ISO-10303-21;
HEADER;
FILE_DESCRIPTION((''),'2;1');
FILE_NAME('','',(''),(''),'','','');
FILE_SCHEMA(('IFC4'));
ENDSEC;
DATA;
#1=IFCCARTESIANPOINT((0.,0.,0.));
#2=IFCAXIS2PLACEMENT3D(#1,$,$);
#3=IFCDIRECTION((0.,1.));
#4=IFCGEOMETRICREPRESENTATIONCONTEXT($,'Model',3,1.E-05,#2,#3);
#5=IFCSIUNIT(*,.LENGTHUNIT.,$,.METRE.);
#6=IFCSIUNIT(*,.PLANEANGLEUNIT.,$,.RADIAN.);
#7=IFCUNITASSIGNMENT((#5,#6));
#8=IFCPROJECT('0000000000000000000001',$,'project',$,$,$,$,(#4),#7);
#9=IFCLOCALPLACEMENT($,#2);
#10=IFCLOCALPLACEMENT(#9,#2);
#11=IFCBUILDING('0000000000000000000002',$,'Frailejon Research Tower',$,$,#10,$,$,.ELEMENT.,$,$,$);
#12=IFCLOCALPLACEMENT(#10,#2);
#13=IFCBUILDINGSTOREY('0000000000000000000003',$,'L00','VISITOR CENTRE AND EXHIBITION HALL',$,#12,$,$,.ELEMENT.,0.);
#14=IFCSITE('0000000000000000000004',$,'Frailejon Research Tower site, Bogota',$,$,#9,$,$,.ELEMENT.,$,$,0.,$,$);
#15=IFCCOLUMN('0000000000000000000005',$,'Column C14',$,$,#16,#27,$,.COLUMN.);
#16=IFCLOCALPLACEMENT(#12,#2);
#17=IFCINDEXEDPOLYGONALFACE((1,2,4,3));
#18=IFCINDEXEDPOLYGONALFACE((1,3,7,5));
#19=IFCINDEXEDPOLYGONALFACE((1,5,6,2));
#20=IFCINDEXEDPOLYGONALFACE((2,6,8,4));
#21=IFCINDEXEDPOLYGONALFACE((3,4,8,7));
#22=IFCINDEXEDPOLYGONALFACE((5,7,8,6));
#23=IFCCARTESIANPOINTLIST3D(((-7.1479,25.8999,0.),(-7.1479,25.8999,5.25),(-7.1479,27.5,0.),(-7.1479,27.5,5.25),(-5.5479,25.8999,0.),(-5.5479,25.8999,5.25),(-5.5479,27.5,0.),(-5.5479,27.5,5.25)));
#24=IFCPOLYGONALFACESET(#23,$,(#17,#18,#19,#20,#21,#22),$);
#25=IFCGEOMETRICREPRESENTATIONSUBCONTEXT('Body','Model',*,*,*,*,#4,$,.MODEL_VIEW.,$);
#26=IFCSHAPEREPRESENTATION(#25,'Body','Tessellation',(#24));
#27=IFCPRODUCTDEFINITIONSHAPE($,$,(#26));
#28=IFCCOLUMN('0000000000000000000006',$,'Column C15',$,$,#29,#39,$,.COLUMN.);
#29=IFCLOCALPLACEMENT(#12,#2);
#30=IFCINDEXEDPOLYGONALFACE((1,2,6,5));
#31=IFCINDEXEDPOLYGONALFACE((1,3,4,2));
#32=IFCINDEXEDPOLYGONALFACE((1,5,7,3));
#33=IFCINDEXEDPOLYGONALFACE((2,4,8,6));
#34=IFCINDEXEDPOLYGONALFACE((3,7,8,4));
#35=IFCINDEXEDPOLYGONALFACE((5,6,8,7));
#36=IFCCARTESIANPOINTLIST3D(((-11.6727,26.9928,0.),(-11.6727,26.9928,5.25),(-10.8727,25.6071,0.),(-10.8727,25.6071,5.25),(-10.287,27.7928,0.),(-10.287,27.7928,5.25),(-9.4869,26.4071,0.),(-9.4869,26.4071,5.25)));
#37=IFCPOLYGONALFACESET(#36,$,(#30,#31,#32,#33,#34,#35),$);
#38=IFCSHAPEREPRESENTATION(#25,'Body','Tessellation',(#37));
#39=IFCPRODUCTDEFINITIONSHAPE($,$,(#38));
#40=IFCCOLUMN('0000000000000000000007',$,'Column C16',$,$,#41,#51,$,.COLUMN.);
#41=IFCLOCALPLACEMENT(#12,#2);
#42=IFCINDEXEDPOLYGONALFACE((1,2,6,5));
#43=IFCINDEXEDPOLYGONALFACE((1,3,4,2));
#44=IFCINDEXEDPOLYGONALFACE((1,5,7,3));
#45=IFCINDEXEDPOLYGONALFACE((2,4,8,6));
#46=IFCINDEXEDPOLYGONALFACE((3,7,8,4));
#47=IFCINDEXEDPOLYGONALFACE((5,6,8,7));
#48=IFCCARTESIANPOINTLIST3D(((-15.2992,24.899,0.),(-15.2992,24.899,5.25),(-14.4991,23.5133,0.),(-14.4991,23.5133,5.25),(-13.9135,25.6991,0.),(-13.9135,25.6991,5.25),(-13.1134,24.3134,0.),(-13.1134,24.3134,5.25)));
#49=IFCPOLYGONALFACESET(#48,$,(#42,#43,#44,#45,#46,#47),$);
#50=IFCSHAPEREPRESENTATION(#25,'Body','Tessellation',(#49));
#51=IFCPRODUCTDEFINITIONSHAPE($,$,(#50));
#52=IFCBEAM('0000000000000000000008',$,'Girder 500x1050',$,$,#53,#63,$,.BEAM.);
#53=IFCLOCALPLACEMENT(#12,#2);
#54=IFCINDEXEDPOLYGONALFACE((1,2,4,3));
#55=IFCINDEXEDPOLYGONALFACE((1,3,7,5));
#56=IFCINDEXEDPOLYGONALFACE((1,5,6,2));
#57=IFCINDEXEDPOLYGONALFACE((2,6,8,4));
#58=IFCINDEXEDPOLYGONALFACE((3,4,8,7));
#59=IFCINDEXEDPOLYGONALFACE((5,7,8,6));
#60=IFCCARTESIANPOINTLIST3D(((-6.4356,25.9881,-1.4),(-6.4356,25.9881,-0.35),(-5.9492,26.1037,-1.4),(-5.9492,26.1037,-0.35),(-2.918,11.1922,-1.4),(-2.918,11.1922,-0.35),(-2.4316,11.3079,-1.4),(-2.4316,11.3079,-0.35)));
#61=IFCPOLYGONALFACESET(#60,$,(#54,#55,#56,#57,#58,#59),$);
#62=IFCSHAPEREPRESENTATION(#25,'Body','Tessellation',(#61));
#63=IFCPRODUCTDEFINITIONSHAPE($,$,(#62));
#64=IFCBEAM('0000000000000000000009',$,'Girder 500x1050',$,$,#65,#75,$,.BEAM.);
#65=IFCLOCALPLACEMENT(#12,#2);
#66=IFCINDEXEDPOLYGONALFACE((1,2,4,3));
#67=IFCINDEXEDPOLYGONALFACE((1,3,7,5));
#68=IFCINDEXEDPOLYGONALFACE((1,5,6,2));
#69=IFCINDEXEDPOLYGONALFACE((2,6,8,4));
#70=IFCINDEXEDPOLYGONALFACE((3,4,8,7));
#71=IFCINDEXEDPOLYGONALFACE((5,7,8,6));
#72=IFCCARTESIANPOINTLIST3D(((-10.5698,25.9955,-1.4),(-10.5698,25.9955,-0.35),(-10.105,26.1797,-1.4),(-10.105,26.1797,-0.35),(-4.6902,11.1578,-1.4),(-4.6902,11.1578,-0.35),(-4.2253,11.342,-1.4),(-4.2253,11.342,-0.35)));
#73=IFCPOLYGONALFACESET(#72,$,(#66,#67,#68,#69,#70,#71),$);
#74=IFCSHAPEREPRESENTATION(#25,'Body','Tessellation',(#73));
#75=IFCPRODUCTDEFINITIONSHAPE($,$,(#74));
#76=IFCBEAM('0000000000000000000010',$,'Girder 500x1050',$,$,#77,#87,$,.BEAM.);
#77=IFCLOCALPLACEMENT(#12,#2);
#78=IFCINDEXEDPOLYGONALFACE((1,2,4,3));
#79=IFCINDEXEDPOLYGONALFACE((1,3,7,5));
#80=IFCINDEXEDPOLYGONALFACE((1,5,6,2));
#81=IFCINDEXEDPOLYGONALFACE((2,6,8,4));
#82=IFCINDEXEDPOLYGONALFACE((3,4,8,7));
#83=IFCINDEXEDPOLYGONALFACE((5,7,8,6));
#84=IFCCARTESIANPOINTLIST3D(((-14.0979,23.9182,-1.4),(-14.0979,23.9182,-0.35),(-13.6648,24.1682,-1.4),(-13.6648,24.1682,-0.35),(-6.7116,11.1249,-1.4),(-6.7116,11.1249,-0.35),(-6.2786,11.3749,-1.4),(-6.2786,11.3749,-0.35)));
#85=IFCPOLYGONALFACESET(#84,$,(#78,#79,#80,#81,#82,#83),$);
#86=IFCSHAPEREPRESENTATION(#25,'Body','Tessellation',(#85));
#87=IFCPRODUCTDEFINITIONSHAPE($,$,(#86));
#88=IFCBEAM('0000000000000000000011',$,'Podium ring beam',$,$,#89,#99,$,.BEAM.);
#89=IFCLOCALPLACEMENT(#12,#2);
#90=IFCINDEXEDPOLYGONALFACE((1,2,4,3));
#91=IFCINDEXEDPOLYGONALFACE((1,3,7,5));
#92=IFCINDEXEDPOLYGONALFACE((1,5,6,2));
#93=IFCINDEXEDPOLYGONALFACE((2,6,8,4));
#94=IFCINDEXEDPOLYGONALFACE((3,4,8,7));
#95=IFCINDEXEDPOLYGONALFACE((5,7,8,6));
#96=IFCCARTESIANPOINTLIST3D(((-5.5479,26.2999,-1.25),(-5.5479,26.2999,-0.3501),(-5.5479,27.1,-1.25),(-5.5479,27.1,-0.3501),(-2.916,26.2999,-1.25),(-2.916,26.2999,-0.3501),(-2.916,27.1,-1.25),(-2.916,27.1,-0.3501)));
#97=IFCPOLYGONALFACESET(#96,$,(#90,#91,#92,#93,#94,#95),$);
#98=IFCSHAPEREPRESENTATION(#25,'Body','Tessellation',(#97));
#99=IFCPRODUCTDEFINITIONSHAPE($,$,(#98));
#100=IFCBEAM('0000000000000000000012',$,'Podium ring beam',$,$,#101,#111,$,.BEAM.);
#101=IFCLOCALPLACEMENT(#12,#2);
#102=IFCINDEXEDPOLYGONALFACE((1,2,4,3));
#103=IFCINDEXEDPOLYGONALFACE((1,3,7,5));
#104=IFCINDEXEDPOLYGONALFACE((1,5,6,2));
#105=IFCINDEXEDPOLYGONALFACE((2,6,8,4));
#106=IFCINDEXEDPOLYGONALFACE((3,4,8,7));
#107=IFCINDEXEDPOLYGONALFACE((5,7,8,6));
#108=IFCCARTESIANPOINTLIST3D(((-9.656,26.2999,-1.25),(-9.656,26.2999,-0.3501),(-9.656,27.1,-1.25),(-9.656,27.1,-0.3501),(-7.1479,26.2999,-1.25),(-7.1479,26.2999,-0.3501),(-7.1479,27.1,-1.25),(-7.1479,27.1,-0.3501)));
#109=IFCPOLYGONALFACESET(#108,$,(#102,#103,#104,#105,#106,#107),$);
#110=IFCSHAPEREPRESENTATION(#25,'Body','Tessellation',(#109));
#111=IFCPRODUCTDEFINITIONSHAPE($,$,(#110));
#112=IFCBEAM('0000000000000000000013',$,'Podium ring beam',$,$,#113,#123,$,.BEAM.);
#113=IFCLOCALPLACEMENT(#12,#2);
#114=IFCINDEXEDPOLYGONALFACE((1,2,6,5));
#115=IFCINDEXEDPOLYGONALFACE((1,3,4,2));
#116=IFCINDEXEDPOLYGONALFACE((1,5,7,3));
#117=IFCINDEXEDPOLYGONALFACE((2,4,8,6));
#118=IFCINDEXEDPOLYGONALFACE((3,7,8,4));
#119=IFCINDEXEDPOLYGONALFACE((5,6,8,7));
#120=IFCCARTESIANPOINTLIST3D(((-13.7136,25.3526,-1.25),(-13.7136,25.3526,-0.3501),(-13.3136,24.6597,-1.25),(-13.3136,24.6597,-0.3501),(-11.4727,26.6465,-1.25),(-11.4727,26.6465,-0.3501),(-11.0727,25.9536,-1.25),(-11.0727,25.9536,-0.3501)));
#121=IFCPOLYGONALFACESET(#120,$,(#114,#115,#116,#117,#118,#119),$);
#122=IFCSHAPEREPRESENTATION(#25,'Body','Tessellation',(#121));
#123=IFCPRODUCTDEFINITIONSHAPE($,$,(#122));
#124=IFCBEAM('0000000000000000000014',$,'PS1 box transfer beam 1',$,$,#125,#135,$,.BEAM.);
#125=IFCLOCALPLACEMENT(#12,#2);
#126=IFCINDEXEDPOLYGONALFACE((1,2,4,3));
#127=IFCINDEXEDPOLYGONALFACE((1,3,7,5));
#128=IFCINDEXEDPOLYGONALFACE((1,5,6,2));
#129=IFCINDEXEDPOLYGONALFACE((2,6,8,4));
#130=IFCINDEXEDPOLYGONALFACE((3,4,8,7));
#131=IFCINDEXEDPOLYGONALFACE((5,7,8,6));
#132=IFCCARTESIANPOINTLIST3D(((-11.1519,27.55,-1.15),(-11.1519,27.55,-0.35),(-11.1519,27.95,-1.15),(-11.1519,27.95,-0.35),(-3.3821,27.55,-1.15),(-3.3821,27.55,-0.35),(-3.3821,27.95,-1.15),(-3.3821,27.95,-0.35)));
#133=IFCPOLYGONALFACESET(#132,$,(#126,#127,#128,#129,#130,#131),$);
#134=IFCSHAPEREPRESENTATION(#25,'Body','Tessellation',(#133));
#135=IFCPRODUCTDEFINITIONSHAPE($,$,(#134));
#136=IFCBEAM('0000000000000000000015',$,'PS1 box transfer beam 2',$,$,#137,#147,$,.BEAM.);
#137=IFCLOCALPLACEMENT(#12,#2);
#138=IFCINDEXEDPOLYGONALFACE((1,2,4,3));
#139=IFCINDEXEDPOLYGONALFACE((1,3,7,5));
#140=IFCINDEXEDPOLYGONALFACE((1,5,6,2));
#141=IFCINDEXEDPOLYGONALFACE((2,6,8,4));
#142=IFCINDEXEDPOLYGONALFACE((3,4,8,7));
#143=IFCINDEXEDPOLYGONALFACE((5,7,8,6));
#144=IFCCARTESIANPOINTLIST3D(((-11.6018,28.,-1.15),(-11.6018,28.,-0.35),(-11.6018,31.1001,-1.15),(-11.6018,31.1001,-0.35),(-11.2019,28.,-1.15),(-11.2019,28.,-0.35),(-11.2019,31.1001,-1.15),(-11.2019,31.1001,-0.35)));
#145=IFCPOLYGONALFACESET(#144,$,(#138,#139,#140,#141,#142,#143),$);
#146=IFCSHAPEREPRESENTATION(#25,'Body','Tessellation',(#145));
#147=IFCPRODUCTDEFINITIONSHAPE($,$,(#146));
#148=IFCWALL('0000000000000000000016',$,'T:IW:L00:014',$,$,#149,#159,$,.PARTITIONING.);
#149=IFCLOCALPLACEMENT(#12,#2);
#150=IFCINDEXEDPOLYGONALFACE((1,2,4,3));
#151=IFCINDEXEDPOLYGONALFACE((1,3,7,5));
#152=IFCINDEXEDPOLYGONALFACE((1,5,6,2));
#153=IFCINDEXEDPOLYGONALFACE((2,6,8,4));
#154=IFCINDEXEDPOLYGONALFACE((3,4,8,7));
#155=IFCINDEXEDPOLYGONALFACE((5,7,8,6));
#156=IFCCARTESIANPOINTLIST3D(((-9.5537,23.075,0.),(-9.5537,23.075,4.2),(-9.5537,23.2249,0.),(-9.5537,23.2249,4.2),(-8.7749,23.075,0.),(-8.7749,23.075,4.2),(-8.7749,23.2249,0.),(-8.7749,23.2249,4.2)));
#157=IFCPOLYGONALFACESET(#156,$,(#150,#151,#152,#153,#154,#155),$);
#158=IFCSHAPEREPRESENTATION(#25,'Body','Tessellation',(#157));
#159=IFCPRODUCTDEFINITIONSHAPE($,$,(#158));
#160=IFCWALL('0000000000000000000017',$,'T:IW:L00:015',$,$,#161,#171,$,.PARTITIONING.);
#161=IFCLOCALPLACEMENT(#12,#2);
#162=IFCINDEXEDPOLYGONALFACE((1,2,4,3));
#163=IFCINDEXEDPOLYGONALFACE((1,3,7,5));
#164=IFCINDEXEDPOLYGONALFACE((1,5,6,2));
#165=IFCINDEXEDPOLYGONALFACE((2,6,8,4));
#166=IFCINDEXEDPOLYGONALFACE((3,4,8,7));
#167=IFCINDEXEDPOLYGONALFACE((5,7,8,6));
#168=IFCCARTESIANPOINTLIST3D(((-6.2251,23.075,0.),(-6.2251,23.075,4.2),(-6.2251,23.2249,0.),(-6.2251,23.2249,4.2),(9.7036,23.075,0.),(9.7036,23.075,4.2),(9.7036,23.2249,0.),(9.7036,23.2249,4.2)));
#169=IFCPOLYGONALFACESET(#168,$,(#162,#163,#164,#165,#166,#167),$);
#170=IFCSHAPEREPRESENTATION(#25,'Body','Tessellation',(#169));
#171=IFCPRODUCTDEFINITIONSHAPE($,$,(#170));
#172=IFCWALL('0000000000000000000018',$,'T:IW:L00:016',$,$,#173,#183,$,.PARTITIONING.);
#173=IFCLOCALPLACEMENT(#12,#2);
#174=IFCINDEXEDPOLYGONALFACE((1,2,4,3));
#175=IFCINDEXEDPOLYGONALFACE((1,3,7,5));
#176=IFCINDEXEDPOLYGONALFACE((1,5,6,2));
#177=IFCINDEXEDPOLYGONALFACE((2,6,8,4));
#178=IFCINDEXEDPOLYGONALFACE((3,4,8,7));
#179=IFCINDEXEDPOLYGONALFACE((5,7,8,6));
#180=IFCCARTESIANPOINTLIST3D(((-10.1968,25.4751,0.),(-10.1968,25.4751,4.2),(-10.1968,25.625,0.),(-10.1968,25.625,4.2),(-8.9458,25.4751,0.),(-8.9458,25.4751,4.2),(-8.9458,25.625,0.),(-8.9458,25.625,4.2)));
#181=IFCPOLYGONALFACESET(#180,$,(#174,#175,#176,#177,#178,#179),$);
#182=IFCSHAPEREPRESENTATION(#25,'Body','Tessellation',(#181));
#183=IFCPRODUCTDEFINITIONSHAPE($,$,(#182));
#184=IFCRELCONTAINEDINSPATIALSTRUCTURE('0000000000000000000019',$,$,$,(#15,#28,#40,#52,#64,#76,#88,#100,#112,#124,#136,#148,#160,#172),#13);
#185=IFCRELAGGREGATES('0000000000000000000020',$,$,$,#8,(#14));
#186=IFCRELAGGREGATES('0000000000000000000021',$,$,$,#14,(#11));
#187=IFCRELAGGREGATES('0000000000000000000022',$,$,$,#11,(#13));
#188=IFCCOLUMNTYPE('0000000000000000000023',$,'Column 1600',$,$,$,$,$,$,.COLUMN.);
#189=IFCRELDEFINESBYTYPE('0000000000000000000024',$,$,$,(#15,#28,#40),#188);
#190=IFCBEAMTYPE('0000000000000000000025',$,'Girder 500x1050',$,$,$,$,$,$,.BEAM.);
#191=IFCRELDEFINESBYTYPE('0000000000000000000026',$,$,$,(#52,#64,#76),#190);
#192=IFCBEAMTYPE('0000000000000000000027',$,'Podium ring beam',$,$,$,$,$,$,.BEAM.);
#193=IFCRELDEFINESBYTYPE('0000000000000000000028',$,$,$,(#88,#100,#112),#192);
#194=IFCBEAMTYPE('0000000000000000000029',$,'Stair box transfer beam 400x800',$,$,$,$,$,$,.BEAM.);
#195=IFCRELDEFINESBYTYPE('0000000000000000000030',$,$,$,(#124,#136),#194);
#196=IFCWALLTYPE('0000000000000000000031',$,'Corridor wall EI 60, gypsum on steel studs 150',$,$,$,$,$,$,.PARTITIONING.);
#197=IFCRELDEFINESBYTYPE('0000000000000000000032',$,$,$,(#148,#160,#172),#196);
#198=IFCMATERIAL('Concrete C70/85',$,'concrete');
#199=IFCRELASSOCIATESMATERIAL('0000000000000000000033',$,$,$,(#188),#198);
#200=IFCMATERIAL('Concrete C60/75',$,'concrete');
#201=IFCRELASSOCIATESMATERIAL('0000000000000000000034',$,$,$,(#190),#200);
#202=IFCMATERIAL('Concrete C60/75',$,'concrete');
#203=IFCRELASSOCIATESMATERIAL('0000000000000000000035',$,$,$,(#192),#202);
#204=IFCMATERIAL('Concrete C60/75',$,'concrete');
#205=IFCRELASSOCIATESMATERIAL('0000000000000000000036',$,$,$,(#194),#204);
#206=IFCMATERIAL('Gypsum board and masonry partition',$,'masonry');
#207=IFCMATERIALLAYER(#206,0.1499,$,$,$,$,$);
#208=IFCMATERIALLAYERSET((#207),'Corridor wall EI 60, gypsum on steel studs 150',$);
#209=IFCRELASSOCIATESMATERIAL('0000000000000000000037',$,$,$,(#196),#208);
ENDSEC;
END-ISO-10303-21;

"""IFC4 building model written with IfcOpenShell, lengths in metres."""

from ifc_helpers import new_model, si_unit, direction, frame, frame_2d, origin, origin_2d, place, context, subcontext, project, spatial, rectangle, extrude, material, layer, layer_set, material_profile, profile_set, type_object, element, save


model = new_model("IFC4")

# Units and contexts
model_context = context("Model", 3, precision=1e-05, world=origin(), true_north=direction((0.0, 1.0)))
body_context = subcontext(model_context, "Body", "Model", "MODEL_VIEW")
ifc_project = project(units=[si_unit("LENGTHUNIT", "METRE"), si_unit("PLANEANGLEUNIT", "RADIAN")], contexts=[model_context])

# Site, building, storey
site_placement = place(None, origin())
site = spatial("IfcSite", under=ifc_project, at=site_placement, Name="Frailejon Research Tower site, Bogota", CompositionType="ELEMENT", RefElevation=0.0)
building_placement = place(site_placement, origin())
building = spatial("IfcBuilding", under=site, at=building_placement, Name="Frailejon Research Tower", CompositionType="ELEMENT")
storey_placement = place(building_placement, origin())
storey = spatial("IfcBuildingStorey", under=building, at=storey_placement, Name="L00", Description="VISITOR CENTRE AND EXHIBITION HALL", CompositionType="ELEMENT", Elevation=0.0)

# Columns
ifc_material_1 = material(Name="Concrete C70/85", Category="concrete")
ifc_material_profile_1 = material_profile(ifc_material_1, rectangle(XDim=1.6001, YDim=1.6001, at=origin_2d()), Name="Column 1600")
ifc_profile_set_1 = profile_set([ifc_material_profile_1], Name="Concrete C70/85")
column_type = type_object("IfcColumnType", Name="Column 1600", PredefinedType="COLUMN", material=ifc_profile_set_1)
for number, where, z_axis, x_axis, name in (
    (1, (-6.3479, 26.7, 0.0), (0.0, 0.0, 1.0), (-1.0, 0.0, 0.0), "Column C14"),
    (2, (-10.5798, 26.7, 0.0), (0.0, 0.0, 1.0), (-0.866025, -0.5, 0.0), "Column C15"),
    (3, (-14.2063, 24.6062, 0.0), (0.0, 0.0, 1.0), (-0.866025, -0.5, 0.0), "Column C16"),
):
    element("IfcColumn", number, at=place(storey_placement, frame(where, z_axis=z_axis, x_axis=x_axis)), inside=storey, type_object=column_type, Name=name, PredefinedType="COLUMN", context=body_context, shape_type="SweptSolid", body=[
        extrude(rectangle(XDim=1.6001, YDim=1.6001, at=origin_2d()), origin(), (0.0, 0.0, 1.0), 5.25),
    ])

# Beams
ifc_material_2 = material(Name="Concrete C60/75", Category="concrete")
ifc_material_profile_2 = material_profile(ifc_material_2, rectangle(XDim=0.5, YDim=1.05, at=origin_2d()), Name="Girder 500x1050")
ifc_profile_set_2 = profile_set([ifc_material_profile_2], Name="Concrete C60/75")
beam_type_1 = type_object("IfcBeamType", Name="Girder 500x1050", PredefinedType="BEAM", material=ifc_profile_set_2)
beam_1_placement = place(storey_placement, frame((-6.1924, 26.0459, -0.875), z_axis=(0.231294, -0.972884, 0.0), x_axis=(0.972884, 0.231294, 0.0)))
element("IfcBeam", 4, at=beam_1_placement, inside=storey, type_object=beam_type_1, Name="Girder 500x1050", PredefinedType="BEAM", context=body_context, shape_type="SweptSolid", body=[
    extrude(rectangle(XDim=0.5, YDim=1.05, at=origin_2d()), origin(), (0.0, 0.0, 1.0), 15.2083),
])
beam_2_placement = place(storey_placement, frame((-10.3374, 26.0876, -0.875), z_axis=(0.368395, -0.929669, 0.0), x_axis=(0.929669, 0.368395, 0.0)))
element("IfcBeam", 5, at=beam_2_placement, inside=storey, type_object=beam_type_1, Name="Girder 500x1050", PredefinedType="BEAM", context=body_context, shape_type="SweptSolid", body=[
    extrude(rectangle(XDim=0.5, YDim=1.05, at=origin_2d()), origin(), (0.0, 0.0, 1.0), 15.9602),
])
beam_3_placement = place(storey_placement, frame((-13.8813, 24.0432, -0.875), z_axis=(0.500003, -0.866023, 0.0), x_axis=(0.866023, 0.500003, 0.0)))
element("IfcBeam", 6, at=beam_3_placement, inside=storey, type_object=beam_type_1, Name="Girder 500x1050", PredefinedType="BEAM", context=body_context, shape_type="SweptSolid", body=[
    extrude(rectangle(XDim=0.5, YDim=1.05, at=origin_2d()), origin(), (0.0, 0.0, 1.0), 14.7725),
])
ifc_material_3 = material(Name="Concrete C60/75", Category="concrete")
ifc_material_profile_3 = material_profile(ifc_material_3, rectangle(XDim=0.8, YDim=0.8999, at=origin_2d()), Name="Podium ring beam")
ifc_profile_set_3 = profile_set([ifc_material_profile_3], Name="Concrete C60/75")
beam_type_2 = type_object("IfcBeamType", Name="Podium ring beam", PredefinedType="BEAM", material=ifc_profile_set_3)
beam_4_placement = place(storey_placement, frame((-2.916, 26.7, -0.8), z_axis=(-1.0, 0.0, 0.0), x_axis=(0.0, -1.0, 0.0)))
element("IfcBeam", 7, at=beam_4_placement, inside=storey, type_object=beam_type_2, Name="Podium ring beam", PredefinedType="BEAM", context=body_context, shape_type="SweptSolid", body=[
    extrude(rectangle(XDim=0.8, YDim=0.8999, at=origin_2d()), origin(), (0.0, 0.0, 1.0), 2.6318),
])
beam_5_placement = place(storey_placement, frame((-7.1479, 26.7, -0.8), z_axis=(-1.0, 0.0, 0.0), x_axis=(0.0, -1.0, 0.0)))
element("IfcBeam", 8, at=beam_5_placement, inside=storey, type_object=beam_type_2, Name="Podium ring beam", PredefinedType="BEAM", context=body_context, shape_type="SweptSolid", body=[
    extrude(rectangle(XDim=0.8, YDim=0.8999, at=origin_2d()), origin(), (0.0, 0.0, 1.0), 2.5081),
])
beam_6_placement = place(storey_placement, frame((-11.2727, 26.3, -0.8), z_axis=(-0.866005, -0.500036, 0.0), x_axis=(0.500036, -0.866005, 0.0)))
element("IfcBeam", 9, at=beam_6_placement, inside=storey, type_object=beam_type_2, Name="Podium ring beam", PredefinedType="BEAM", context=body_context, shape_type="SweptSolid", body=[
    extrude(rectangle(XDim=0.8, YDim=0.8999, at=origin_2d()), origin(), (0.0, 0.0, 1.0), 2.5876),
])
ifc_material_4 = material(Name="Concrete C60/75", Category="concrete")
ifc_material_profile_4 = material_profile(ifc_material_4, rectangle(XDim=0.3999, YDim=0.8, at=origin_2d()), Name="Stair box transfer beam 400x800")
ifc_profile_set_4 = profile_set([ifc_material_profile_4], Name="Concrete C60/75")
beam_type_3 = type_object("IfcBeamType", Name="Stair box transfer beam 400x800", PredefinedType="BEAM", material=ifc_profile_set_4)
beam_7_placement = place(storey_placement, frame((-3.3821, 27.75, -0.75), z_axis=(-1.0, 0.0, 0.0), x_axis=(0.0, -1.0, 0.0)))
element("IfcBeam", 10, at=beam_7_placement, inside=storey, type_object=beam_type_3, Name="PS1 box transfer beam 1", PredefinedType="BEAM", context=body_context, shape_type="SweptSolid", body=[
    extrude(rectangle(XDim=0.3999, YDim=0.8, at=origin_2d()), origin(), (0.0, 0.0, 1.0), 7.7698),
])
beam_8_placement = place(storey_placement, frame((-11.4019, 28.0, -0.75), z_axis=(0.0, 1.0, 0.0), x_axis=(-1.0, 0.0, 0.0)))
element("IfcBeam", 11, at=beam_8_placement, inside=storey, type_object=beam_type_3, Name="PS1 box transfer beam 2", PredefinedType="BEAM", context=body_context, shape_type="SweptSolid", body=[
    extrude(rectangle(XDim=0.3999, YDim=0.8, at=origin_2d()), origin(), (0.0, 0.0, 1.0), 3.1001),
])

# Walls
ifc_material_5 = material(Name="Gypsum board and masonry partition", Category="masonry")
ifc_layer_1 = layer(ifc_material_5, 0.1499)
ifc_layer_set_1 = layer_set([ifc_layer_1], Name="Corridor wall EI 60, gypsum on steel studs 150")
wall_type_1 = type_object("IfcWallType", Name="Corridor wall EI 60, gypsum on steel studs 150", PredefinedType="PARTITIONING", material=ifc_layer_set_1)
wall_1_placement = place(storey_placement, frame((-9.5537, 23.1499, 0.0), z_axis=(0.0, 0.0, 1.0), x_axis=(1.0, 0.0, 0.0)))
element("IfcWall", 12, at=wall_1_placement, inside=storey, type_object=wall_type_1, Name="T:IW:L00:014", PredefinedType="PARTITIONING", context=body_context, shape_type="SweptSolid", body=[
    extrude(rectangle(XDim=0.7788, YDim=0.1499, at=frame_2d((0.3894, 0.0))), origin(), (0.0, 0.0, 1.0), 4.2),
])
wall_2_placement = place(storey_placement, frame((-6.2251, 23.1499, 0.0), z_axis=(0.0, 0.0, 1.0), x_axis=(1.0, 0.0, 0.0)))
element("IfcWall", 13, at=wall_2_placement, inside=storey, type_object=wall_type_1, Name="T:IW:L00:015", PredefinedType="PARTITIONING", context=body_context, shape_type="SweptSolid", body=[
    extrude(rectangle(XDim=15.9287, YDim=0.1499, at=frame_2d((7.9644, 0.0))), origin(), (0.0, 0.0, 1.0), 4.2),
])
wall_3_placement = place(storey_placement, frame((-10.1968, 25.55, 0.0), z_axis=(0.0, 0.0, 1.0), x_axis=(1.0, 0.0, 0.0)))
element("IfcWall", 14, at=wall_3_placement, inside=storey, type_object=wall_type_1, Name="T:IW:L00:016", PredefinedType="PARTITIONING", context=body_context, shape_type="SweptSolid", body=[
    extrude(rectangle(XDim=1.251, YDim=0.1499, at=frame_2d((0.6255, 0.0))), origin(), (0.0, 0.0, 1.0), 4.2),
])

save(model, "model.ifc")
